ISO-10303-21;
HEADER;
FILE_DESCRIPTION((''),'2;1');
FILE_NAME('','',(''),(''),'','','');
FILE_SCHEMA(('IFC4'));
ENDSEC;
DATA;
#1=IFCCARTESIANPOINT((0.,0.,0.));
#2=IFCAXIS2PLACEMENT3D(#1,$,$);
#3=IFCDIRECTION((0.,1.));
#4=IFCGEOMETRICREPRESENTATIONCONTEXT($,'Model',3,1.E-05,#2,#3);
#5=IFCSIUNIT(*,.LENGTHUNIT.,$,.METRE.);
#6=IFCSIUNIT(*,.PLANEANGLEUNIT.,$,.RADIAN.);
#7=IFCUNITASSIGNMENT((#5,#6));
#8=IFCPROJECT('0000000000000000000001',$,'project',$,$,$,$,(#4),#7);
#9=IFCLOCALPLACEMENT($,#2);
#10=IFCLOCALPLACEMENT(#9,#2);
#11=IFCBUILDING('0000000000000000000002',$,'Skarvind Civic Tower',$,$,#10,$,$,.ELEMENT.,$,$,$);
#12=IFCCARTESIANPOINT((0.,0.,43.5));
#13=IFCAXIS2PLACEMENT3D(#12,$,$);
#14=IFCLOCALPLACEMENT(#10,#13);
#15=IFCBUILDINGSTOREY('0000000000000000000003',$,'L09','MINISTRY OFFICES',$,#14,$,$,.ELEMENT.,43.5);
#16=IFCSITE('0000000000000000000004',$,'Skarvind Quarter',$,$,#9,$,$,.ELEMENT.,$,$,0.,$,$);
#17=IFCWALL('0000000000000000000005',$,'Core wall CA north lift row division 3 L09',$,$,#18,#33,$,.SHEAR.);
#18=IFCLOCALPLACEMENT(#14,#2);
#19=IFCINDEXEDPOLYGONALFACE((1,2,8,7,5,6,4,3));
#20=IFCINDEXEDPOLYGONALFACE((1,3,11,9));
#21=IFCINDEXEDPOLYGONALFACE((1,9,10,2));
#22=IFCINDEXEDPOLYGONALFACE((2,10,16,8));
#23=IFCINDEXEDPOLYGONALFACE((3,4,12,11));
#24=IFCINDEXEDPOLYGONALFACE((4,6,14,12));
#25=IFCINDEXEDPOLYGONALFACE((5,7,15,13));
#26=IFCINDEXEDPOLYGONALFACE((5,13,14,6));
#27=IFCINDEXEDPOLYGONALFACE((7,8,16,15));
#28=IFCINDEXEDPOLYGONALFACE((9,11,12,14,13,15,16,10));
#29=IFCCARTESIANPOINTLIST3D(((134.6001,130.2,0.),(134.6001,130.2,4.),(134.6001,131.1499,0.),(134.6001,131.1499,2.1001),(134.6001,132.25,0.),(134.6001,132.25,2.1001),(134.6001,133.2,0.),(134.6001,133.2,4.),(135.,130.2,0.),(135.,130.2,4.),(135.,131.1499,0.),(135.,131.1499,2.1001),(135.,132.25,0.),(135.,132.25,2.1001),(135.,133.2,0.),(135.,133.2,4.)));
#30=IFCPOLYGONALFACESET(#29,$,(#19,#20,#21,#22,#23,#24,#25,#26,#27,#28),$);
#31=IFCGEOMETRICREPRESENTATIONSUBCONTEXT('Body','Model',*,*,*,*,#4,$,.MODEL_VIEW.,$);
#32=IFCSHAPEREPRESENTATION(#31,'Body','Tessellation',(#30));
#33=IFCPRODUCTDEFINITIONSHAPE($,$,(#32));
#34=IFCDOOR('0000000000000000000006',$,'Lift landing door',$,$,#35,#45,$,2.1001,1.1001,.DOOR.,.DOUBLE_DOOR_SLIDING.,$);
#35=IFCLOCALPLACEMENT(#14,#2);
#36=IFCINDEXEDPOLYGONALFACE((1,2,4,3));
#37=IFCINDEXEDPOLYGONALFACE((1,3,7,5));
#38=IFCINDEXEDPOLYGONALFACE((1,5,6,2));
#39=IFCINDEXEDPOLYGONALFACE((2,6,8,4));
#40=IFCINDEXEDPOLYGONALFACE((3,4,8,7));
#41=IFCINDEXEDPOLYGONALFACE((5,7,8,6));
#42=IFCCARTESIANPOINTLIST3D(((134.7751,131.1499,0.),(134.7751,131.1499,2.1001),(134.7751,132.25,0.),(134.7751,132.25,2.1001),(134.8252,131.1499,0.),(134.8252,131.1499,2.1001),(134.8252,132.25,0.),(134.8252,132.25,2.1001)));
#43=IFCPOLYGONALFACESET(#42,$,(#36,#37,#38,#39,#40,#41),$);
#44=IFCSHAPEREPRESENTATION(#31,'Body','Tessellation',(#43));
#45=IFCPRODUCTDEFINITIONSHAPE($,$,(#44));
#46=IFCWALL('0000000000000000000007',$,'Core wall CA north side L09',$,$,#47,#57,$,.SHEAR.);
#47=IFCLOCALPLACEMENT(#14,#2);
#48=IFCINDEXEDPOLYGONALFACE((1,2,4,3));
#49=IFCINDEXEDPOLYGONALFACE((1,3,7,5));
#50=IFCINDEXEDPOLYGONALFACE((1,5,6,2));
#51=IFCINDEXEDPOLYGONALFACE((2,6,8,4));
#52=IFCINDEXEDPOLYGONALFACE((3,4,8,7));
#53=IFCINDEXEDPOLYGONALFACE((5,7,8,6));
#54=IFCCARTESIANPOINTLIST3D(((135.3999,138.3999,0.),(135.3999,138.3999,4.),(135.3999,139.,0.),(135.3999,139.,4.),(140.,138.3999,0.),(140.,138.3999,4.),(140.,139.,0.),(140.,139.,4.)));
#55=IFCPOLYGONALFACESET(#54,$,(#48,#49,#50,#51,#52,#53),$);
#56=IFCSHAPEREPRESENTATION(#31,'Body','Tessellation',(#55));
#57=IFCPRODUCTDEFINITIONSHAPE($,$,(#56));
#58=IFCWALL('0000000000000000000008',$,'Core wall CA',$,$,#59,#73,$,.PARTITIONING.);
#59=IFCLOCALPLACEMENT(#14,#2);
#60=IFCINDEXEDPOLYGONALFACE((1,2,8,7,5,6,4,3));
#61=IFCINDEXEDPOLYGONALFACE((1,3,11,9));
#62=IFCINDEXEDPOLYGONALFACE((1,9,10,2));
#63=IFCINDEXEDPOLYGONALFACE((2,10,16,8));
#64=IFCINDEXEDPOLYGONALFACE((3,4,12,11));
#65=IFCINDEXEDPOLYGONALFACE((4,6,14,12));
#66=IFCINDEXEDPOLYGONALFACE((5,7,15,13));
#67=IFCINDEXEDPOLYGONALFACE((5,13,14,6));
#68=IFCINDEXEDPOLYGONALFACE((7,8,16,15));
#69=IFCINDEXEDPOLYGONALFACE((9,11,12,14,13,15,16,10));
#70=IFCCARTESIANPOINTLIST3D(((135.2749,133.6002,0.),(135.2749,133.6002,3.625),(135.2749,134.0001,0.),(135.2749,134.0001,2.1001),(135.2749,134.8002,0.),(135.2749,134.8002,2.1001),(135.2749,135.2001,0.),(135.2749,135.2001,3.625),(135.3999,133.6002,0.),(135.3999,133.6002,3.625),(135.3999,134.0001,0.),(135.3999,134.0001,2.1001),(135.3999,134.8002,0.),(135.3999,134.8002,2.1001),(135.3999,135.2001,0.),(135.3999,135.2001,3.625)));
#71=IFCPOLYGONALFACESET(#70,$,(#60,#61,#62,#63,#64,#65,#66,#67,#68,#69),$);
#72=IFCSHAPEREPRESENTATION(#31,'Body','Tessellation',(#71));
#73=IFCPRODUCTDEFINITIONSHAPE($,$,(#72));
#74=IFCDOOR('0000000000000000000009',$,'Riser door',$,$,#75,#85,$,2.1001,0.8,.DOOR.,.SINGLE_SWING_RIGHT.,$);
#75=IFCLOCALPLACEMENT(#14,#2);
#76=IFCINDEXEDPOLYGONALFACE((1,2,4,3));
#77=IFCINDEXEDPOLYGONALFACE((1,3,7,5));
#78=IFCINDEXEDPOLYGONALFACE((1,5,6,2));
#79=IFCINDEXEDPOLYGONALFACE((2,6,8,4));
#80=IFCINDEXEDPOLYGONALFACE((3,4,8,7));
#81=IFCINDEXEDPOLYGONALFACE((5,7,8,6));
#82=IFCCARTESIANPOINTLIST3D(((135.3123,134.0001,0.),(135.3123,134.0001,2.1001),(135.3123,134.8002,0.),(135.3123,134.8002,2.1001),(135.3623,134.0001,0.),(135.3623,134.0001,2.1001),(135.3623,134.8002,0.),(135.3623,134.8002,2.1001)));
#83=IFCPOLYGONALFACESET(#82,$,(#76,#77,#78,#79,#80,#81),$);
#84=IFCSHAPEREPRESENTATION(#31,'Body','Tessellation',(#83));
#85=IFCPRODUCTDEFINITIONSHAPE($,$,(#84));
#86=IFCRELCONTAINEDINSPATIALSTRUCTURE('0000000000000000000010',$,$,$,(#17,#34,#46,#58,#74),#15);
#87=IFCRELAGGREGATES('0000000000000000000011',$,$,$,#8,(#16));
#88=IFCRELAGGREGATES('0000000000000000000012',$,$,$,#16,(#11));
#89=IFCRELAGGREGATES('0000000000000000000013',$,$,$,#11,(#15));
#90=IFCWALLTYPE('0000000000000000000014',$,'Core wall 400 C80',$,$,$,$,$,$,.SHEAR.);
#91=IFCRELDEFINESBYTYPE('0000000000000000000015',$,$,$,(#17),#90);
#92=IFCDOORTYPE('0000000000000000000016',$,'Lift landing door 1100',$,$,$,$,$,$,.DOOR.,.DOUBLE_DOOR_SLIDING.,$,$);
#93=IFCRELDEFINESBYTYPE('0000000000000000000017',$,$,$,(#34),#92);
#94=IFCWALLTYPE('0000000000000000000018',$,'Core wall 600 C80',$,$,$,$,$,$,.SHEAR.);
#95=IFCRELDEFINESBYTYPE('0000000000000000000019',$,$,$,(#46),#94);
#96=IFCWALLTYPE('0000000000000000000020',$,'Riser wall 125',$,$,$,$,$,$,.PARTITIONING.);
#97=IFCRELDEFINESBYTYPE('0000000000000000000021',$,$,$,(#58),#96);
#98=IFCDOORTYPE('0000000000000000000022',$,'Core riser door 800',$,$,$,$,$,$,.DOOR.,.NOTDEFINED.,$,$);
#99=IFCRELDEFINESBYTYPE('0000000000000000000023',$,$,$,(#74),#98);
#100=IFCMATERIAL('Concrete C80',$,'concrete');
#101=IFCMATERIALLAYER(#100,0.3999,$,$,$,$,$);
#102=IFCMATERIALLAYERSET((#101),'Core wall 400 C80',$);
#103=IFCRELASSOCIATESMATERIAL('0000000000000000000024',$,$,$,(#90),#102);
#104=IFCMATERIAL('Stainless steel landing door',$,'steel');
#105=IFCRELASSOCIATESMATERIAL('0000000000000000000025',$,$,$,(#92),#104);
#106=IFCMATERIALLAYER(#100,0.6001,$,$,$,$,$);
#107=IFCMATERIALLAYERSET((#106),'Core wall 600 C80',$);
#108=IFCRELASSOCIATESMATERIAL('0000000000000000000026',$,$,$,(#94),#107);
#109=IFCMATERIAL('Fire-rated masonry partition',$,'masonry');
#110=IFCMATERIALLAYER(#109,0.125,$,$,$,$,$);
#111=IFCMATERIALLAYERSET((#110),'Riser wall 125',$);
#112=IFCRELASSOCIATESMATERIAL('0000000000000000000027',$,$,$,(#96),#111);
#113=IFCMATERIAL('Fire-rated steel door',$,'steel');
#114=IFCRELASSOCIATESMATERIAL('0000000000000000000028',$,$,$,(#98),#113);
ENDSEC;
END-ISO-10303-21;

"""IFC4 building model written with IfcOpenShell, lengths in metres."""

from ifc_helpers import new_model, si_unit, direction, frame, frame_2d, origin, place, context, subcontext, project, spatial, rectangle, extrude, material, layer, layer_set, type_object, element, fill, save


model = new_model("IFC4")

# Units and contexts
model_context = context("Model", 3, precision=1e-05, world=origin(), true_north=direction((0.0, 1.0)))
body_context = subcontext(model_context, "Body", "Model", "MODEL_VIEW")
ifc_project = project(units=[si_unit("LENGTHUNIT", "METRE"), si_unit("PLANEANGLEUNIT", "RADIAN")], contexts=[model_context])

# Site, building, storey
site_placement = place(None, origin())
site = spatial("IfcSite", under=ifc_project, at=site_placement, Name="Skarvind Quarter", CompositionType="ELEMENT", RefElevation=0.0)
building_placement = place(site_placement, origin())
building = spatial("IfcBuilding", under=site, at=building_placement, Name="Skarvind Civic Tower", CompositionType="ELEMENT")
storey_placement = place(building_placement, frame((0.0, 0.0, 43.5)))
storey = spatial("IfcBuildingStorey", under=building, at=storey_placement, Name="L09", Description="MINISTRY OFFICES", CompositionType="ELEMENT", Elevation=43.5)

# Shared definitions
ifc_material_1 = material(Name="Fire-rated masonry partition", Category="masonry")
ifc_material_2 = material(Name="Fire-rated steel door", Category="steel")
ifc_material_3 = material(Name="Concrete C80", Category="concrete")
ifc_layer_1 = layer(ifc_material_3, 0.3999)
ifc_layer_set_1 = layer_set([ifc_layer_1], Name="Core wall 400 C80")
wall_type_1 = type_object("IfcWallType", Name="Core wall 400 C80", PredefinedType="SHEAR", material=ifc_layer_set_1)

# Wall, opening, door
wall_1_placement = place(storey_placement, frame((134.8, 130.2, 0.0), z_axis=(0.0, 0.0, 1.0), x_axis=(0.0, 1.0, 0.0)))
wall_1 = element("IfcWall", 1, at=wall_1_placement, inside=storey, type_object=wall_type_1, Name="Core wall CA north lift row division 3 L09", PredefinedType="SHEAR", context=body_context, shape_type="SweptSolid", body=[
    extrude(rectangle(XDim=3.0, YDim=0.3999, at=frame_2d((1.5, 0.0))), origin(), (0.0, 0.0, 1.0), 4.0),
])
opening_1_placement = place(wall_1_placement, frame((0.95, 0.0, 0.0)))
opening_1 = element("IfcOpeningElement", 2, at=opening_1_placement, cuts=wall_1, PredefinedType="OPENING", context=body_context, shape_type="SweptSolid", body=[
    extrude(rectangle(XDim=1.1001, YDim=2.1001, at=frame_2d((0.55, 1.05))), frame((0.0, 0.21, 0.0), z_axis=(0.0, -1.0, 0.0), x_axis=(1.0, 0.0, 0.0)), (0.0, 0.0, 1.0), 0.4199),
])
ifc_material_4 = material(Name="Stainless steel landing door", Category="steel")
door_type_1 = type_object("IfcDoorType", Name="Lift landing door 1100", OperationType="DOUBLE_DOOR_SLIDING", PredefinedType="DOOR", material=ifc_material_4)
door_1_placement = place(opening_1_placement, origin())
door_1 = element("IfcDoor", 3, at=door_1_placement, inside=storey, type_object=door_type_1, Name="Lift landing door", OperationType="DOUBLE_DOOR_SLIDING", OverallHeight=2.1001, OverallWidth=1.1001, PredefinedType="DOOR", context=body_context, shape_type="SweptSolid", body=[
    extrude(rectangle(XDim=1.1001, YDim=2.1001, at=frame_2d((0.55, 1.05))), frame((0.0, 0.0249, 0.0), z_axis=(0.0, -1.0, 0.0), x_axis=(1.0, 0.0, 0.0)), (0.0, 0.0, 1.0), 0.05),
])
fill(opening_1, door_1)

# Wall
ifc_layer_2 = layer(ifc_material_3, 0.6001)
ifc_layer_set_2 = layer_set([ifc_layer_2], Name="Core wall 600 C80")
wall_type_2 = type_object("IfcWallType", Name="Core wall 600 C80", PredefinedType="SHEAR", material=ifc_layer_set_2)
wall_2_placement = place(storey_placement, frame((135.3999, 138.7, 0.0), z_axis=(0.0, 0.0, 1.0), x_axis=(1.0, 0.0, 0.0)))
element("IfcWall", 4, at=wall_2_placement, inside=storey, type_object=wall_type_2, Name="Core wall CA north side L09", PredefinedType="SHEAR", context=body_context, shape_type="SweptSolid", body=[
    extrude(rectangle(XDim=4.6001, YDim=0.6001, at=frame_2d((2.3, 0.0))), origin(), (0.0, 0.0, 1.0), 4.0),
])

# Wall, opening, door
ifc_layer_3 = layer(ifc_material_1, 0.125)
ifc_layer_set_3 = layer_set([ifc_layer_3], Name="Riser wall 125")
wall_type_3 = type_object("IfcWallType", Name="Riser wall 125", PredefinedType="PARTITIONING", material=ifc_layer_set_3)
wall_3_placement = place(storey_placement, frame((135.3374, 135.2, 0.0), z_axis=(0.0, 0.0, 1.0), x_axis=(0.0, -1.0, 0.0)))
wall_3 = element("IfcWall", 5, at=wall_3_placement, inside=storey, type_object=wall_type_3, Name="Core wall CA", PredefinedType="PARTITIONING", context=body_context, shape_type="SweptSolid", body=[
    extrude(rectangle(XDim=1.5999, YDim=0.125, at=frame_2d((0.7998, 0.0))), origin(), (0.0, 0.0, 1.0), 3.625),
])
opening_2_placement = place(wall_3_placement, frame((0.3999, 0.0, 0.0)))
opening_2 = element("IfcOpeningElement", 6, at=opening_2_placement, cuts=wall_3, PredefinedType="OPENING", context=body_context, shape_type="SweptSolid", body=[
    extrude(rectangle(XDim=0.8, YDim=2.1001, at=frame_2d((0.3999, 1.05))), frame((0.0, 0.0725, 0.0), z_axis=(0.0, -1.0, 0.0), x_axis=(1.0, 0.0, 0.0)), (0.0, 0.0, 1.0), 0.145),
])
door_type_2 = type_object("IfcDoorType", Name="Core riser door 800", OperationType="NOTDEFINED", PredefinedType="DOOR", material=ifc_material_2)
door_2_placement = place(opening_2_placement, origin())
door_2 = element("IfcDoor", 7, at=door_2_placement, inside=storey, type_object=door_type_2, Name="Riser door", OperationType="SINGLE_SWING_RIGHT", OverallHeight=2.1001, OverallWidth=0.8, PredefinedType="DOOR", context=body_context, shape_type="SweptSolid", body=[
    extrude(rectangle(XDim=0.8, YDim=2.1001, at=frame_2d((0.3999, 1.05))), frame((0.0, 0.0249, 0.0), z_axis=(0.0, -1.0, 0.0), x_axis=(1.0, 0.0, 0.0)), (0.0, 0.0, 1.0), 0.05),
])
fill(opening_2, door_2)

save(model, "model.ifc")
